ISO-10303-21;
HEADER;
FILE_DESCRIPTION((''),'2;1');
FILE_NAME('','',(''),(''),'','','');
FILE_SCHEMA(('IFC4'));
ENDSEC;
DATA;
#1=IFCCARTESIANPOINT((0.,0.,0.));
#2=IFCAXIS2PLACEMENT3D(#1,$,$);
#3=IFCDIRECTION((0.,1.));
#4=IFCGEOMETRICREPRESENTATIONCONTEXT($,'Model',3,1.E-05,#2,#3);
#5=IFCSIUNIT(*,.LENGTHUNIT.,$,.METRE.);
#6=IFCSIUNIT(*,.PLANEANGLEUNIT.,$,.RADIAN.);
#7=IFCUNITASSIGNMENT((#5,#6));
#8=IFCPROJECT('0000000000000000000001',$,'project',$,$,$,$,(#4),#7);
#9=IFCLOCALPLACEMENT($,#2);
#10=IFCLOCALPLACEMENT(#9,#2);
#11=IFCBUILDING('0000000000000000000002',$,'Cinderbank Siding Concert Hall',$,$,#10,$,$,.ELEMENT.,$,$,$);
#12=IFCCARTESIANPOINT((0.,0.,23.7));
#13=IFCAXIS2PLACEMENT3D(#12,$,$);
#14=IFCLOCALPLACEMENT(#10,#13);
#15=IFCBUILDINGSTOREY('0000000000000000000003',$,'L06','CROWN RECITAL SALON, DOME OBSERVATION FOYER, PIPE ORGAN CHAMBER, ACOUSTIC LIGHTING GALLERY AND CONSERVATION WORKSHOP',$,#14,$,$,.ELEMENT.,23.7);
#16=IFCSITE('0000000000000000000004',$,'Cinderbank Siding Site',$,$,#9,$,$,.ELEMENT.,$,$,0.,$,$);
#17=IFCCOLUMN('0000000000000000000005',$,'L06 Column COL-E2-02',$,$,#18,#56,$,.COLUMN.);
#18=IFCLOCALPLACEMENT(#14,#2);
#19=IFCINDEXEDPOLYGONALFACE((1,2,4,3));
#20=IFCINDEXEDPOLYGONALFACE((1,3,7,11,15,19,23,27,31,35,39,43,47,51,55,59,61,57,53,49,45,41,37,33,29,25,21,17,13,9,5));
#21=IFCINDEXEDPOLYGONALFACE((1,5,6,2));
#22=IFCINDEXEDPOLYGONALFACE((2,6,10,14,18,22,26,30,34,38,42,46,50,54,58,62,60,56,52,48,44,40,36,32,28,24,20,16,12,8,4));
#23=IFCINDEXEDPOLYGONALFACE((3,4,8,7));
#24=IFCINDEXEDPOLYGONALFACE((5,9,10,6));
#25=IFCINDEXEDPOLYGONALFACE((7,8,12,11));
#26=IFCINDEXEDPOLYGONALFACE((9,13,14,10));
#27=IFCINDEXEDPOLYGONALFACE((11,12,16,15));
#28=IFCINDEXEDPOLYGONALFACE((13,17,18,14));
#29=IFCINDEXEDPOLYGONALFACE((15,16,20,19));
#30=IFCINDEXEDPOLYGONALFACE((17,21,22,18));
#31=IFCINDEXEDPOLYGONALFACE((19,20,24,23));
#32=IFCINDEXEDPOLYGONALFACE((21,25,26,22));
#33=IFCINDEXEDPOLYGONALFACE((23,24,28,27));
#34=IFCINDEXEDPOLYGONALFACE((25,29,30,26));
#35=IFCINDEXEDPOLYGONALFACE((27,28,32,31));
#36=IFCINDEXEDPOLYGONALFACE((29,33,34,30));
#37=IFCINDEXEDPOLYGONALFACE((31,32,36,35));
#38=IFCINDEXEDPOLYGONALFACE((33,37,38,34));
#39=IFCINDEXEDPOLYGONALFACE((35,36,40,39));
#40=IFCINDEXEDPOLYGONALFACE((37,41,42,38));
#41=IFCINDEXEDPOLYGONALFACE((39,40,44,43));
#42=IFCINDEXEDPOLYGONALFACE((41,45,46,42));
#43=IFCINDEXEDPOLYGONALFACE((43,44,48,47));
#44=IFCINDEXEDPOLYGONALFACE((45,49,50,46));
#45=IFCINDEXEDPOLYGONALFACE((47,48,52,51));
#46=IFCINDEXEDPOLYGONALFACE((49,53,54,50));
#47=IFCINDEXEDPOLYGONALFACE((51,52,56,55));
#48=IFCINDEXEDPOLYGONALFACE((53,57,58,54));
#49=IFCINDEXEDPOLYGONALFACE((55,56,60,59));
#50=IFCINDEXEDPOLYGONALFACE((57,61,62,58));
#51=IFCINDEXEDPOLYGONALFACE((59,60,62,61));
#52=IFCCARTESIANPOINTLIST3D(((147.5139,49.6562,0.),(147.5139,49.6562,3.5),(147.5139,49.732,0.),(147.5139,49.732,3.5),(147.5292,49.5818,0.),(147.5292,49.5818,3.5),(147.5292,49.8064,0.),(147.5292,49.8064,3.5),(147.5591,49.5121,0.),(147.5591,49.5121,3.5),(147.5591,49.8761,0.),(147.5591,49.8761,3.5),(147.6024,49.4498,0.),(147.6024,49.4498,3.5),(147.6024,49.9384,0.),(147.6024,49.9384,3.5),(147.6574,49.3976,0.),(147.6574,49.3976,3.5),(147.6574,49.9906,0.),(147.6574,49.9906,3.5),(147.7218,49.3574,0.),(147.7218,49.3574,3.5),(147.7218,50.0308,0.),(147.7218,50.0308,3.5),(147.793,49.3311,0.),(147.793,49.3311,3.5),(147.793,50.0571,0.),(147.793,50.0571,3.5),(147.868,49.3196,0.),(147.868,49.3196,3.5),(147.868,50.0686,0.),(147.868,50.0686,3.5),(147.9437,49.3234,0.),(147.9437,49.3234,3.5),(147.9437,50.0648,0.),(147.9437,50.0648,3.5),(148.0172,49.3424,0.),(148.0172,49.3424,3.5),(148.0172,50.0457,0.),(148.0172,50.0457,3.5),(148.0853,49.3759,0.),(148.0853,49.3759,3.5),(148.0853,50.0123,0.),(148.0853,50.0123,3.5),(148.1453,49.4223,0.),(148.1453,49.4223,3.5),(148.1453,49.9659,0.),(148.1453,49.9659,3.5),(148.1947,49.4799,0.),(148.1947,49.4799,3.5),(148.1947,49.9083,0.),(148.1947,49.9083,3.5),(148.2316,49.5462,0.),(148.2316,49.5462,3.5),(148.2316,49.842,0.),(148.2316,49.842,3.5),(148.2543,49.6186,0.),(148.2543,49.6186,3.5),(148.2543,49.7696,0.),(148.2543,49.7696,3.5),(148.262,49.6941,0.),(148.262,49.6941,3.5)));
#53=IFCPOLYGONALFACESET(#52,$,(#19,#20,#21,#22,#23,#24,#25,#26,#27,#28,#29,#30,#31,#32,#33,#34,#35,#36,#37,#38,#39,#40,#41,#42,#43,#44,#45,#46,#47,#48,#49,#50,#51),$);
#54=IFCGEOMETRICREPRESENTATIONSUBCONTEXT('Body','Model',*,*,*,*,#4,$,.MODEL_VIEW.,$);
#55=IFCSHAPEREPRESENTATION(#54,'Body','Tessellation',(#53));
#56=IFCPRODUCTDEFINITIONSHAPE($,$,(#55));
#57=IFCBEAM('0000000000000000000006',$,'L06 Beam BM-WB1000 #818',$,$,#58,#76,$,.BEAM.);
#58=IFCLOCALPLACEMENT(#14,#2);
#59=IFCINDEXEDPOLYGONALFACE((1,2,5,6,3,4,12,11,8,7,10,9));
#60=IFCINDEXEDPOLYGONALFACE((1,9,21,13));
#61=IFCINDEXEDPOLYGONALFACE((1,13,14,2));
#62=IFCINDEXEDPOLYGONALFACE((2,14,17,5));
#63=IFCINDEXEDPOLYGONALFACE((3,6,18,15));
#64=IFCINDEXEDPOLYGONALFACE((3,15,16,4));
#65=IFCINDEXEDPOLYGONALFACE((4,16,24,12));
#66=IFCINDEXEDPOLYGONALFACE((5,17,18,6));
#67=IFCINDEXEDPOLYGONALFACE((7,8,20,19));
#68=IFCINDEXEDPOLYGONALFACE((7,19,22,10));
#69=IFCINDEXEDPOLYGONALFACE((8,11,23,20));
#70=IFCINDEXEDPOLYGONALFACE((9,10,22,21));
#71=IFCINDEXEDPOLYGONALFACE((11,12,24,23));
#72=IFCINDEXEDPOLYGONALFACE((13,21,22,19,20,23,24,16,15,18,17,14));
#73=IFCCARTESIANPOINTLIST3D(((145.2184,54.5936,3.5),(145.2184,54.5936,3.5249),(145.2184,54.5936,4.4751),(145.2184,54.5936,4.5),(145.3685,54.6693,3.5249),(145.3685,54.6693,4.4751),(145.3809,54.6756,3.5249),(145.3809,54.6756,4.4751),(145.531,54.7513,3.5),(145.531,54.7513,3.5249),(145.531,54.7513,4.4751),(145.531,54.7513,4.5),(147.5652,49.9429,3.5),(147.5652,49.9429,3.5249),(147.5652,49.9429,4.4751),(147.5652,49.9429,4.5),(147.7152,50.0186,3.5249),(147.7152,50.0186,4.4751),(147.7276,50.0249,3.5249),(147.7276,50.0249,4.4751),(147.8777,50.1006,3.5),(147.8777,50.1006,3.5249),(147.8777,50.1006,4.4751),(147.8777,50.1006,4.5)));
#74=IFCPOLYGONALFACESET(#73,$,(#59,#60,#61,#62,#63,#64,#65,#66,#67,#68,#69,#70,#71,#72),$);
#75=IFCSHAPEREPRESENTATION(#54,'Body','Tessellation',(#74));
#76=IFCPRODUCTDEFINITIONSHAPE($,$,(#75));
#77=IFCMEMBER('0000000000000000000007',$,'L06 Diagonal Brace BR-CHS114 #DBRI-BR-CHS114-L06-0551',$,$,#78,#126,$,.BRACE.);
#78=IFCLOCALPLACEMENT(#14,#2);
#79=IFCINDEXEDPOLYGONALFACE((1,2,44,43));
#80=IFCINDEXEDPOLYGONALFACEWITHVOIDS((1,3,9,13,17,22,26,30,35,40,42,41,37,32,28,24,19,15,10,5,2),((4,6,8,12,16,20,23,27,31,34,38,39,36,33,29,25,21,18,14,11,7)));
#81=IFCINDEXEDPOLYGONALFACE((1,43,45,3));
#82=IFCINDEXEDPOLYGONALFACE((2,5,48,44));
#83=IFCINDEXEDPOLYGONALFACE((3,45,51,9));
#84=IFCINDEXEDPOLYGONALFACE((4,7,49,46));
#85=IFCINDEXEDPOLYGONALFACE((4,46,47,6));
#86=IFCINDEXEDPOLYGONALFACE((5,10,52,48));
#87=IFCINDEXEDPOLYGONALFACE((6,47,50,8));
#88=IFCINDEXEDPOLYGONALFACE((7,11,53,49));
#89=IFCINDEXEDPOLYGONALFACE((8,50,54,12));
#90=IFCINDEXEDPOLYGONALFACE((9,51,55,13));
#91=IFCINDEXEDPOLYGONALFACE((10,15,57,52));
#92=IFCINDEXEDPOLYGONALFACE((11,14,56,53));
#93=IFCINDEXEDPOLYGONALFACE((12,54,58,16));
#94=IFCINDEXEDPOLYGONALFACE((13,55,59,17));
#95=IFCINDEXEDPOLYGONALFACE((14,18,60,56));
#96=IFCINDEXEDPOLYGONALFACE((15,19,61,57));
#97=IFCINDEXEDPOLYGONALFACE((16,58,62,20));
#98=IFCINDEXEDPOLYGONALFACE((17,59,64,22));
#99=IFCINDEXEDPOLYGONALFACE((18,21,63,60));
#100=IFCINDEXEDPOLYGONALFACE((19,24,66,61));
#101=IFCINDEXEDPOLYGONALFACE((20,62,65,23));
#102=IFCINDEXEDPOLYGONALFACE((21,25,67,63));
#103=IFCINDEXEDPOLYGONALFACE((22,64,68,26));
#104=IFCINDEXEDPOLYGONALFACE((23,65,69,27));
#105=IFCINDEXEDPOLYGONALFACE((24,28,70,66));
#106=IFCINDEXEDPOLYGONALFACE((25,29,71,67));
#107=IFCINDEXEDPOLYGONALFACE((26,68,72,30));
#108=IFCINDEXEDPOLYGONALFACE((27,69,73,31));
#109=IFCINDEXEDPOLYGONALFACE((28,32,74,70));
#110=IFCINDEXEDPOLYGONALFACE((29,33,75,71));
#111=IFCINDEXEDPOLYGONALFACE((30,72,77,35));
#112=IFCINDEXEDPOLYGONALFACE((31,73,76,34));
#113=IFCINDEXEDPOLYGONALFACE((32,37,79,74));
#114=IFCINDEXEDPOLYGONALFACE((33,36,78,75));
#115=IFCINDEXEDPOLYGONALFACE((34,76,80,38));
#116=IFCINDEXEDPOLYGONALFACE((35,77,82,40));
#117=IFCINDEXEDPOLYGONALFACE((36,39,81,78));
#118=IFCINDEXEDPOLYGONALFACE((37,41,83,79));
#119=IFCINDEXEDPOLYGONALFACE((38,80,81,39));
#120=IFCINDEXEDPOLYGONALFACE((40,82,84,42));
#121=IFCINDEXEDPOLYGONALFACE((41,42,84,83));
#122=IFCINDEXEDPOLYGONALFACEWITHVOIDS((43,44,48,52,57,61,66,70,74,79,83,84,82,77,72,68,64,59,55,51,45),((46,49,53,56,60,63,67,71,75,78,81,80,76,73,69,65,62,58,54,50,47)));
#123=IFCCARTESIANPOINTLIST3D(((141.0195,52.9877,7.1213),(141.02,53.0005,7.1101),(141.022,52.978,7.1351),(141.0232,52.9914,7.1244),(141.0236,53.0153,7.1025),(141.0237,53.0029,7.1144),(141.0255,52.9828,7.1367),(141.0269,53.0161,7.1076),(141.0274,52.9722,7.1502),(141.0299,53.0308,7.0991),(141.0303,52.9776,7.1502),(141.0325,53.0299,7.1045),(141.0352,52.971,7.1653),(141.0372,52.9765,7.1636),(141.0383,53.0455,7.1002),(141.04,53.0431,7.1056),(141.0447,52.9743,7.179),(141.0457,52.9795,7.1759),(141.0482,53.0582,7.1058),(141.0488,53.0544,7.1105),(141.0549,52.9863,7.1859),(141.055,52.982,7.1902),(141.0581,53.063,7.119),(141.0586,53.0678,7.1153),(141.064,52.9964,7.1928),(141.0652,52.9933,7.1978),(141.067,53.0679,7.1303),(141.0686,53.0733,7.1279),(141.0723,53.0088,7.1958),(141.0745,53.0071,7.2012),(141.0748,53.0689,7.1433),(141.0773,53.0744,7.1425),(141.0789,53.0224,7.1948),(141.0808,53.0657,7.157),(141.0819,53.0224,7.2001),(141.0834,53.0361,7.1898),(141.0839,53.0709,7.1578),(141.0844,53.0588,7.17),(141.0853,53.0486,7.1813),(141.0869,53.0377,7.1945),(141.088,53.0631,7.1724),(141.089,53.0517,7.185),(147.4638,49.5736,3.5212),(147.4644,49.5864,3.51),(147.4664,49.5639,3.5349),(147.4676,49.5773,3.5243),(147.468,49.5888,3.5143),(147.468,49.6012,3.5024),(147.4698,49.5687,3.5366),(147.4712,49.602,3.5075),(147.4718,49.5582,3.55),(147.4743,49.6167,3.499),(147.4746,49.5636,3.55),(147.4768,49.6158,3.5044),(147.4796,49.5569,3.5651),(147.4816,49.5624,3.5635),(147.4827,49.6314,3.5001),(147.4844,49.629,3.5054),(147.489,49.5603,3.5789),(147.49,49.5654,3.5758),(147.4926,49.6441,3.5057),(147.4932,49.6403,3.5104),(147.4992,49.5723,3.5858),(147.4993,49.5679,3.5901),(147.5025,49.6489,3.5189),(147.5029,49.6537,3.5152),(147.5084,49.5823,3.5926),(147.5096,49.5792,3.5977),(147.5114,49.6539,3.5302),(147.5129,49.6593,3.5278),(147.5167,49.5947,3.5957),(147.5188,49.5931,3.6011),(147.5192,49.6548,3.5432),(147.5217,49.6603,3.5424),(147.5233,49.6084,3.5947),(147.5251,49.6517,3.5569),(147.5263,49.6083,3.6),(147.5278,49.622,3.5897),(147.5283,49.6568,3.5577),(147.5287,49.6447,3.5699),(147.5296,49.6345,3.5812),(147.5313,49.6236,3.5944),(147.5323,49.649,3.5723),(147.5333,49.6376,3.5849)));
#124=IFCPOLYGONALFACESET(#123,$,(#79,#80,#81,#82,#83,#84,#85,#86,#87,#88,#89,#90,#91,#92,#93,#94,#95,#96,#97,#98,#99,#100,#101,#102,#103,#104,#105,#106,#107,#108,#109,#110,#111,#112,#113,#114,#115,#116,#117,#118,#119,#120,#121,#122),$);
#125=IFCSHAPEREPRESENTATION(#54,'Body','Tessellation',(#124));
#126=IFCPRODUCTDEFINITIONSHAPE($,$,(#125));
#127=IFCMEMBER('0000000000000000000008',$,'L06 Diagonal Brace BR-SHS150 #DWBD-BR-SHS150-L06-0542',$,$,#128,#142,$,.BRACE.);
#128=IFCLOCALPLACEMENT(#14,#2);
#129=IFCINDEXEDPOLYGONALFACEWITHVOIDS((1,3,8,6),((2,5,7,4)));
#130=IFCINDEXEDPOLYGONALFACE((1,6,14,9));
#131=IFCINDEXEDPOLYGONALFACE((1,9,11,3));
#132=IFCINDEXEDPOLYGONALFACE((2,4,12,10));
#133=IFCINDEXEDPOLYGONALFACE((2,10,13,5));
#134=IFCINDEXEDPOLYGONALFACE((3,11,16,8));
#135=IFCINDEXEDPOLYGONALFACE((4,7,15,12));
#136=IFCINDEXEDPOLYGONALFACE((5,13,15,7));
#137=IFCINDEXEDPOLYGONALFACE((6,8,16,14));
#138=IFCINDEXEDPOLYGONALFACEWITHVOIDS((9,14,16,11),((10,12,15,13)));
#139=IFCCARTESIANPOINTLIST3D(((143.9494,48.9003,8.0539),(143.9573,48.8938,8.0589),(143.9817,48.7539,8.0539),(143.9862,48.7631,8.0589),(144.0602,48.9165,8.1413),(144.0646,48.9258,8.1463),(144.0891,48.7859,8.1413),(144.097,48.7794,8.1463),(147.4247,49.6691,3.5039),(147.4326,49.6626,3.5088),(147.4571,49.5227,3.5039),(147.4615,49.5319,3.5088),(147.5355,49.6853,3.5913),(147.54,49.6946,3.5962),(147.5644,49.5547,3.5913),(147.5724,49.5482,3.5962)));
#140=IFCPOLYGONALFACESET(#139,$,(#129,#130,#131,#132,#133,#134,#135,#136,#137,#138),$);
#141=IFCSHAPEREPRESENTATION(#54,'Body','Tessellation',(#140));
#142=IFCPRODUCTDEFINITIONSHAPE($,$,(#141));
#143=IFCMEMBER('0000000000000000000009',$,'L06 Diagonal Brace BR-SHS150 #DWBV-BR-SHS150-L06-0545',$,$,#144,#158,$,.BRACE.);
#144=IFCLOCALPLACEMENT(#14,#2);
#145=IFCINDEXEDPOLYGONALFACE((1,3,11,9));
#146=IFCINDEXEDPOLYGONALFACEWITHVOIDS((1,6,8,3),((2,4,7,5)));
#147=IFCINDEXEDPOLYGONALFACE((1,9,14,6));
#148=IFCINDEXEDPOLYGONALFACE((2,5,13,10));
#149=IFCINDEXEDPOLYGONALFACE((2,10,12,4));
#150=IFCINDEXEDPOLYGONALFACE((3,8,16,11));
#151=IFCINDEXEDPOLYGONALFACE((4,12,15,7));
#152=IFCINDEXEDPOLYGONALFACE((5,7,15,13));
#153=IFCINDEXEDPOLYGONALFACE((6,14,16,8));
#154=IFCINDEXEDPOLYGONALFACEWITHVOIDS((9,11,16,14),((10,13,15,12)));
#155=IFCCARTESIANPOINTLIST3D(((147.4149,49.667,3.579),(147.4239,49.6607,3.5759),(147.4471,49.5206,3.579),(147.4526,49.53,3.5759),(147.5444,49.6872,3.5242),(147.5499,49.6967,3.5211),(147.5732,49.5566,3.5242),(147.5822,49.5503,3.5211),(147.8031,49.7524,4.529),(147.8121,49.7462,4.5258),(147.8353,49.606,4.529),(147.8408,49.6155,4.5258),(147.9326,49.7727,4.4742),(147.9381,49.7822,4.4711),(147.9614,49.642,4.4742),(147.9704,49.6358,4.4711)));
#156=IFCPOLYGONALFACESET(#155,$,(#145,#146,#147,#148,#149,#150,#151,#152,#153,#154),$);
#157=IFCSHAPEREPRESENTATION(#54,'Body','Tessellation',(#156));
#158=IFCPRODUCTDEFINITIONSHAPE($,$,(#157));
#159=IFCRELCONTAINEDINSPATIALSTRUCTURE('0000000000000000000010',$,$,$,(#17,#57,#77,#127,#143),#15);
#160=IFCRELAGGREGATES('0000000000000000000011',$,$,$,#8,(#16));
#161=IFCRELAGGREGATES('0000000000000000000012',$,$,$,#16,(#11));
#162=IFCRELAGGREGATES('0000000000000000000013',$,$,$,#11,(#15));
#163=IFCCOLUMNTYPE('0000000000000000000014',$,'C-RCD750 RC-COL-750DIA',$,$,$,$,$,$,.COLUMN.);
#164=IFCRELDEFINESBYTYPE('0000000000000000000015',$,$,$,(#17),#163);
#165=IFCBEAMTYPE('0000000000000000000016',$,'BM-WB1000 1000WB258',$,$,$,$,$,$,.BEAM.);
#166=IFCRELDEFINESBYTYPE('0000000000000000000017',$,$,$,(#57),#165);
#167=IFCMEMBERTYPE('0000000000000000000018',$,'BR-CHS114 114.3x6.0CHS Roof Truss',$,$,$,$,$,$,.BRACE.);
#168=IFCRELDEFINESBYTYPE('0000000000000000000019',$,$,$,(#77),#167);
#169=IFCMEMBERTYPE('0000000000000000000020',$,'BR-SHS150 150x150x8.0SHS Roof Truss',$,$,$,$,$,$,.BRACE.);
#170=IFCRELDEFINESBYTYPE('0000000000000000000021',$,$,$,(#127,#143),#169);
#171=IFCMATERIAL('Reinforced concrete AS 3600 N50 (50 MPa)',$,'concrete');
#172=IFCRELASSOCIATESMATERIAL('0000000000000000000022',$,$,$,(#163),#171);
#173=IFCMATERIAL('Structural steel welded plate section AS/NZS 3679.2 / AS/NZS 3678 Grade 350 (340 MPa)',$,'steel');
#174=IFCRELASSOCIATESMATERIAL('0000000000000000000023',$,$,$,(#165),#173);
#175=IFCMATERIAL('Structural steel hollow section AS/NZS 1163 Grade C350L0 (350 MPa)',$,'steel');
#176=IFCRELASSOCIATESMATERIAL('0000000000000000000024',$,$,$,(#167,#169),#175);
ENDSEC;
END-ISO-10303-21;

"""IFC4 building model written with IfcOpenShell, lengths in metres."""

from ifc_helpers import new_model, si_unit, direction, frame, origin, origin_2d, place, context, subcontext, project, spatial, hollow_rectangle, circle, hollow_circle, i_section, extrude, material, material_profile, profile_set, type_object, element, save


model = new_model("IFC4")

# Units and contexts
model_context = context("Model", 3, precision=1e-05, world=origin(), true_north=direction((0.0, 1.0)))
body_context = subcontext(model_context, "Body", "Model", "MODEL_VIEW")
ifc_project = project(units=[si_unit("LENGTHUNIT", "METRE"), si_unit("PLANEANGLEUNIT", "RADIAN")], contexts=[model_context])

# Site, building, storey
site_placement = place(None, origin())
site = spatial("IfcSite", under=ifc_project, at=site_placement, Name="Cinderbank Siding Site", CompositionType="ELEMENT", RefElevation=0.0)
building_placement = place(site_placement, origin())
building = spatial("IfcBuilding", under=site, at=building_placement, Name="Cinderbank Siding Concert Hall", CompositionType="ELEMENT")
storey_placement = place(building_placement, frame((0.0, 0.0, 23.7)))
storey = spatial("IfcBuildingStorey", under=building, at=storey_placement, Name="L06", Description="CROWN RECITAL SALON, DOME OBSERVATION FOYER, PIPE ORGAN CHAMBER, ACOUSTIC LIGHTING GALLERY AND CONSERVATION WORKSHOP", CompositionType="ELEMENT", Elevation=23.7)

# Column
ifc_material_1 = material(Name="Reinforced concrete AS 3600 N50 (50 MPa)", Category="concrete")
ifc_material_profile_1 = material_profile(ifc_material_1, circle(Radius=0.375, at=origin_2d()), Name="RC-COL-750DIA", Category="LoadBearing")
ifc_profile_set_1 = profile_set([ifc_material_profile_1], Name="Reinforced concrete AS 3600 N50 (50 MPa)")
column_type = type_object("IfcColumnType", Name="C-RCD750 RC-COL-750DIA", PredefinedType="COLUMN", material=ifc_profile_set_1)
column_placement = place(storey_placement, frame((147.887, 49.6941, 0.0), z_axis=(0.0, 0.0, 1.0), x_axis=(1.0, 0.0, 0.0)))
element("IfcColumn", 1, at=column_placement, inside=storey, type_object=column_type, Name="L06 Column COL-E2-02", PredefinedType="COLUMN", context=body_context, shape_type="SweptSolid", body=[
    extrude(circle(Radius=0.375, at=origin_2d()), origin(), (0.0, 0.0, 1.0), 3.5),
])

# Beam
ifc_material_2 = material(Name="Structural steel welded plate section AS/NZS 3679.2 / AS/NZS 3678 Grade 350 (340 MPa)", Category="steel")
ifc_material_profile_2 = material_profile(ifc_material_2, i_section(OverallWidth=0.3501, OverallDepth=1.0, WebThickness=0.0139, FlangeThickness=0.0249, at=origin_2d()), Name="1000WB258", Category="LoadBearing")
ifc_profile_set_2 = profile_set([ifc_material_profile_2], Name="Structural steel welded plate section AS/NZS 3679.2 / AS/NZS 3678 Grade 350 (340 MPa)")
beam_type = type_object("IfcBeamType", Name="BM-WB1000 1000WB258", PredefinedType="BEAM", material=ifc_profile_set_2)
beam_placement = place(storey_placement, frame((147.7214, 50.0217, 4.0), z_axis=(-0.450491, 0.892781, 0.0), x_axis=(-0.892781, -0.450491, 0.0)))
element("IfcBeam", 2, at=beam_placement, inside=storey, type_object=beam_type, Name="L06 Beam BM-WB1000 #818", PredefinedType="BEAM", context=body_context, shape_type="SweptSolid", body=[
    extrude(i_section(OverallWidth=0.3501, OverallDepth=1.0, WebThickness=0.0139, FlangeThickness=0.0249, at=origin_2d()), origin(), (0.0, 0.0, 1.0), 5.2092),
])

# Members
ifc_material_3 = material(Name="Structural steel hollow section AS/NZS 1163 Grade C350L0 (350 MPa)", Category="steel")
ifc_material_profile_3 = material_profile(ifc_material_3, hollow_circle(Radius=0.0571, WallThickness=0.0061, at=origin_2d()), Name="114.3x6.0CHS", Category="LoadBearing")
ifc_profile_set_3 = profile_set([ifc_material_profile_3], Name="Structural steel hollow section AS/NZS 1163 Grade C350L0 (350 MPa)")
member_type_1 = type_object("IfcMemberType", Name="BR-CHS114 114.3x6.0CHS Roof Truss", PredefinedType="BRACE", material=ifc_profile_set_3)
member_1_placement = place(storey_placement, frame((147.4985, 49.6086, 3.55), z_axis=(-0.792367, 0.419778, 0.442652), x_axis=(-0.46814, -0.883654, 0.0)))
element("IfcMember", 3, at=member_1_placement, inside=storey, type_object=member_type_1, Name="L06 Diagonal Brace BR-CHS114 #DBRI-BR-CHS114-L06-0551", PredefinedType="BRACE", context=body_context, shape_type="SweptSolid", body=[
    extrude(hollow_circle(Radius=0.0571, WallThickness=0.0061, at=origin_2d()), origin(), (0.0, 0.0, 1.0), 8.1331),
])
ifc_material_profile_4 = material_profile(ifc_material_3, hollow_rectangle(XDim=0.1499, YDim=0.1499, WallThickness=0.0081, at=origin_2d()), Name="150x150x8.0SHS", Category="LoadBearing")
ifc_profile_set_4 = profile_set([ifc_material_profile_4], Name="Structural steel hollow section AS/NZS 1163 Grade C350L0 (350 MPa)")
member_type_2 = type_object("IfcMemberType", Name="BR-SHS150 150x150x8.0SHS Roof Truss", PredefinedType="BRACE", material=ifc_profile_set_4)
member_2_placement = place(storey_placement, frame((147.4985, 49.6086, 3.55), z_axis=(-0.601598, -0.133083, 0.787635), x_axis=(0.215993, -0.976395, 0.0)))
element("IfcMember", 4, at=member_2_placement, inside=storey, type_object=member_type_2, Name="L06 Diagonal Brace BR-SHS150 #DWBD-BR-SHS150-L06-0542", PredefinedType="BRACE", context=body_context, shape_type="SweptSolid", body=[
    extrude(hollow_rectangle(XDim=0.1499, YDim=0.1499, WallThickness=0.0081, at=origin_2d()), origin(), (0.0, 0.0, 1.0), 5.7769),
])
member_3_placement = place(storey_placement, frame((147.4985, 49.6086, 3.55), z_axis=(0.376967, 0.08298, 0.922502), x_axis=(-0.214979, 0.976619, 0.0)))
element("IfcMember", 5, at=member_3_placement, inside=storey, type_object=member_type_2, Name="L06 Diagonal Brace BR-SHS150 #DWBV-BR-SHS150-L06-0545", PredefinedType="BRACE", context=body_context, shape_type="SweptSolid", body=[
    extrude(hollow_rectangle(XDim=0.1499, YDim=0.1499, WallThickness=0.0081, at=origin_2d()), origin(), (0.0, 0.0, 1.0), 1.0298),
])

save(model, "model.ifc")
